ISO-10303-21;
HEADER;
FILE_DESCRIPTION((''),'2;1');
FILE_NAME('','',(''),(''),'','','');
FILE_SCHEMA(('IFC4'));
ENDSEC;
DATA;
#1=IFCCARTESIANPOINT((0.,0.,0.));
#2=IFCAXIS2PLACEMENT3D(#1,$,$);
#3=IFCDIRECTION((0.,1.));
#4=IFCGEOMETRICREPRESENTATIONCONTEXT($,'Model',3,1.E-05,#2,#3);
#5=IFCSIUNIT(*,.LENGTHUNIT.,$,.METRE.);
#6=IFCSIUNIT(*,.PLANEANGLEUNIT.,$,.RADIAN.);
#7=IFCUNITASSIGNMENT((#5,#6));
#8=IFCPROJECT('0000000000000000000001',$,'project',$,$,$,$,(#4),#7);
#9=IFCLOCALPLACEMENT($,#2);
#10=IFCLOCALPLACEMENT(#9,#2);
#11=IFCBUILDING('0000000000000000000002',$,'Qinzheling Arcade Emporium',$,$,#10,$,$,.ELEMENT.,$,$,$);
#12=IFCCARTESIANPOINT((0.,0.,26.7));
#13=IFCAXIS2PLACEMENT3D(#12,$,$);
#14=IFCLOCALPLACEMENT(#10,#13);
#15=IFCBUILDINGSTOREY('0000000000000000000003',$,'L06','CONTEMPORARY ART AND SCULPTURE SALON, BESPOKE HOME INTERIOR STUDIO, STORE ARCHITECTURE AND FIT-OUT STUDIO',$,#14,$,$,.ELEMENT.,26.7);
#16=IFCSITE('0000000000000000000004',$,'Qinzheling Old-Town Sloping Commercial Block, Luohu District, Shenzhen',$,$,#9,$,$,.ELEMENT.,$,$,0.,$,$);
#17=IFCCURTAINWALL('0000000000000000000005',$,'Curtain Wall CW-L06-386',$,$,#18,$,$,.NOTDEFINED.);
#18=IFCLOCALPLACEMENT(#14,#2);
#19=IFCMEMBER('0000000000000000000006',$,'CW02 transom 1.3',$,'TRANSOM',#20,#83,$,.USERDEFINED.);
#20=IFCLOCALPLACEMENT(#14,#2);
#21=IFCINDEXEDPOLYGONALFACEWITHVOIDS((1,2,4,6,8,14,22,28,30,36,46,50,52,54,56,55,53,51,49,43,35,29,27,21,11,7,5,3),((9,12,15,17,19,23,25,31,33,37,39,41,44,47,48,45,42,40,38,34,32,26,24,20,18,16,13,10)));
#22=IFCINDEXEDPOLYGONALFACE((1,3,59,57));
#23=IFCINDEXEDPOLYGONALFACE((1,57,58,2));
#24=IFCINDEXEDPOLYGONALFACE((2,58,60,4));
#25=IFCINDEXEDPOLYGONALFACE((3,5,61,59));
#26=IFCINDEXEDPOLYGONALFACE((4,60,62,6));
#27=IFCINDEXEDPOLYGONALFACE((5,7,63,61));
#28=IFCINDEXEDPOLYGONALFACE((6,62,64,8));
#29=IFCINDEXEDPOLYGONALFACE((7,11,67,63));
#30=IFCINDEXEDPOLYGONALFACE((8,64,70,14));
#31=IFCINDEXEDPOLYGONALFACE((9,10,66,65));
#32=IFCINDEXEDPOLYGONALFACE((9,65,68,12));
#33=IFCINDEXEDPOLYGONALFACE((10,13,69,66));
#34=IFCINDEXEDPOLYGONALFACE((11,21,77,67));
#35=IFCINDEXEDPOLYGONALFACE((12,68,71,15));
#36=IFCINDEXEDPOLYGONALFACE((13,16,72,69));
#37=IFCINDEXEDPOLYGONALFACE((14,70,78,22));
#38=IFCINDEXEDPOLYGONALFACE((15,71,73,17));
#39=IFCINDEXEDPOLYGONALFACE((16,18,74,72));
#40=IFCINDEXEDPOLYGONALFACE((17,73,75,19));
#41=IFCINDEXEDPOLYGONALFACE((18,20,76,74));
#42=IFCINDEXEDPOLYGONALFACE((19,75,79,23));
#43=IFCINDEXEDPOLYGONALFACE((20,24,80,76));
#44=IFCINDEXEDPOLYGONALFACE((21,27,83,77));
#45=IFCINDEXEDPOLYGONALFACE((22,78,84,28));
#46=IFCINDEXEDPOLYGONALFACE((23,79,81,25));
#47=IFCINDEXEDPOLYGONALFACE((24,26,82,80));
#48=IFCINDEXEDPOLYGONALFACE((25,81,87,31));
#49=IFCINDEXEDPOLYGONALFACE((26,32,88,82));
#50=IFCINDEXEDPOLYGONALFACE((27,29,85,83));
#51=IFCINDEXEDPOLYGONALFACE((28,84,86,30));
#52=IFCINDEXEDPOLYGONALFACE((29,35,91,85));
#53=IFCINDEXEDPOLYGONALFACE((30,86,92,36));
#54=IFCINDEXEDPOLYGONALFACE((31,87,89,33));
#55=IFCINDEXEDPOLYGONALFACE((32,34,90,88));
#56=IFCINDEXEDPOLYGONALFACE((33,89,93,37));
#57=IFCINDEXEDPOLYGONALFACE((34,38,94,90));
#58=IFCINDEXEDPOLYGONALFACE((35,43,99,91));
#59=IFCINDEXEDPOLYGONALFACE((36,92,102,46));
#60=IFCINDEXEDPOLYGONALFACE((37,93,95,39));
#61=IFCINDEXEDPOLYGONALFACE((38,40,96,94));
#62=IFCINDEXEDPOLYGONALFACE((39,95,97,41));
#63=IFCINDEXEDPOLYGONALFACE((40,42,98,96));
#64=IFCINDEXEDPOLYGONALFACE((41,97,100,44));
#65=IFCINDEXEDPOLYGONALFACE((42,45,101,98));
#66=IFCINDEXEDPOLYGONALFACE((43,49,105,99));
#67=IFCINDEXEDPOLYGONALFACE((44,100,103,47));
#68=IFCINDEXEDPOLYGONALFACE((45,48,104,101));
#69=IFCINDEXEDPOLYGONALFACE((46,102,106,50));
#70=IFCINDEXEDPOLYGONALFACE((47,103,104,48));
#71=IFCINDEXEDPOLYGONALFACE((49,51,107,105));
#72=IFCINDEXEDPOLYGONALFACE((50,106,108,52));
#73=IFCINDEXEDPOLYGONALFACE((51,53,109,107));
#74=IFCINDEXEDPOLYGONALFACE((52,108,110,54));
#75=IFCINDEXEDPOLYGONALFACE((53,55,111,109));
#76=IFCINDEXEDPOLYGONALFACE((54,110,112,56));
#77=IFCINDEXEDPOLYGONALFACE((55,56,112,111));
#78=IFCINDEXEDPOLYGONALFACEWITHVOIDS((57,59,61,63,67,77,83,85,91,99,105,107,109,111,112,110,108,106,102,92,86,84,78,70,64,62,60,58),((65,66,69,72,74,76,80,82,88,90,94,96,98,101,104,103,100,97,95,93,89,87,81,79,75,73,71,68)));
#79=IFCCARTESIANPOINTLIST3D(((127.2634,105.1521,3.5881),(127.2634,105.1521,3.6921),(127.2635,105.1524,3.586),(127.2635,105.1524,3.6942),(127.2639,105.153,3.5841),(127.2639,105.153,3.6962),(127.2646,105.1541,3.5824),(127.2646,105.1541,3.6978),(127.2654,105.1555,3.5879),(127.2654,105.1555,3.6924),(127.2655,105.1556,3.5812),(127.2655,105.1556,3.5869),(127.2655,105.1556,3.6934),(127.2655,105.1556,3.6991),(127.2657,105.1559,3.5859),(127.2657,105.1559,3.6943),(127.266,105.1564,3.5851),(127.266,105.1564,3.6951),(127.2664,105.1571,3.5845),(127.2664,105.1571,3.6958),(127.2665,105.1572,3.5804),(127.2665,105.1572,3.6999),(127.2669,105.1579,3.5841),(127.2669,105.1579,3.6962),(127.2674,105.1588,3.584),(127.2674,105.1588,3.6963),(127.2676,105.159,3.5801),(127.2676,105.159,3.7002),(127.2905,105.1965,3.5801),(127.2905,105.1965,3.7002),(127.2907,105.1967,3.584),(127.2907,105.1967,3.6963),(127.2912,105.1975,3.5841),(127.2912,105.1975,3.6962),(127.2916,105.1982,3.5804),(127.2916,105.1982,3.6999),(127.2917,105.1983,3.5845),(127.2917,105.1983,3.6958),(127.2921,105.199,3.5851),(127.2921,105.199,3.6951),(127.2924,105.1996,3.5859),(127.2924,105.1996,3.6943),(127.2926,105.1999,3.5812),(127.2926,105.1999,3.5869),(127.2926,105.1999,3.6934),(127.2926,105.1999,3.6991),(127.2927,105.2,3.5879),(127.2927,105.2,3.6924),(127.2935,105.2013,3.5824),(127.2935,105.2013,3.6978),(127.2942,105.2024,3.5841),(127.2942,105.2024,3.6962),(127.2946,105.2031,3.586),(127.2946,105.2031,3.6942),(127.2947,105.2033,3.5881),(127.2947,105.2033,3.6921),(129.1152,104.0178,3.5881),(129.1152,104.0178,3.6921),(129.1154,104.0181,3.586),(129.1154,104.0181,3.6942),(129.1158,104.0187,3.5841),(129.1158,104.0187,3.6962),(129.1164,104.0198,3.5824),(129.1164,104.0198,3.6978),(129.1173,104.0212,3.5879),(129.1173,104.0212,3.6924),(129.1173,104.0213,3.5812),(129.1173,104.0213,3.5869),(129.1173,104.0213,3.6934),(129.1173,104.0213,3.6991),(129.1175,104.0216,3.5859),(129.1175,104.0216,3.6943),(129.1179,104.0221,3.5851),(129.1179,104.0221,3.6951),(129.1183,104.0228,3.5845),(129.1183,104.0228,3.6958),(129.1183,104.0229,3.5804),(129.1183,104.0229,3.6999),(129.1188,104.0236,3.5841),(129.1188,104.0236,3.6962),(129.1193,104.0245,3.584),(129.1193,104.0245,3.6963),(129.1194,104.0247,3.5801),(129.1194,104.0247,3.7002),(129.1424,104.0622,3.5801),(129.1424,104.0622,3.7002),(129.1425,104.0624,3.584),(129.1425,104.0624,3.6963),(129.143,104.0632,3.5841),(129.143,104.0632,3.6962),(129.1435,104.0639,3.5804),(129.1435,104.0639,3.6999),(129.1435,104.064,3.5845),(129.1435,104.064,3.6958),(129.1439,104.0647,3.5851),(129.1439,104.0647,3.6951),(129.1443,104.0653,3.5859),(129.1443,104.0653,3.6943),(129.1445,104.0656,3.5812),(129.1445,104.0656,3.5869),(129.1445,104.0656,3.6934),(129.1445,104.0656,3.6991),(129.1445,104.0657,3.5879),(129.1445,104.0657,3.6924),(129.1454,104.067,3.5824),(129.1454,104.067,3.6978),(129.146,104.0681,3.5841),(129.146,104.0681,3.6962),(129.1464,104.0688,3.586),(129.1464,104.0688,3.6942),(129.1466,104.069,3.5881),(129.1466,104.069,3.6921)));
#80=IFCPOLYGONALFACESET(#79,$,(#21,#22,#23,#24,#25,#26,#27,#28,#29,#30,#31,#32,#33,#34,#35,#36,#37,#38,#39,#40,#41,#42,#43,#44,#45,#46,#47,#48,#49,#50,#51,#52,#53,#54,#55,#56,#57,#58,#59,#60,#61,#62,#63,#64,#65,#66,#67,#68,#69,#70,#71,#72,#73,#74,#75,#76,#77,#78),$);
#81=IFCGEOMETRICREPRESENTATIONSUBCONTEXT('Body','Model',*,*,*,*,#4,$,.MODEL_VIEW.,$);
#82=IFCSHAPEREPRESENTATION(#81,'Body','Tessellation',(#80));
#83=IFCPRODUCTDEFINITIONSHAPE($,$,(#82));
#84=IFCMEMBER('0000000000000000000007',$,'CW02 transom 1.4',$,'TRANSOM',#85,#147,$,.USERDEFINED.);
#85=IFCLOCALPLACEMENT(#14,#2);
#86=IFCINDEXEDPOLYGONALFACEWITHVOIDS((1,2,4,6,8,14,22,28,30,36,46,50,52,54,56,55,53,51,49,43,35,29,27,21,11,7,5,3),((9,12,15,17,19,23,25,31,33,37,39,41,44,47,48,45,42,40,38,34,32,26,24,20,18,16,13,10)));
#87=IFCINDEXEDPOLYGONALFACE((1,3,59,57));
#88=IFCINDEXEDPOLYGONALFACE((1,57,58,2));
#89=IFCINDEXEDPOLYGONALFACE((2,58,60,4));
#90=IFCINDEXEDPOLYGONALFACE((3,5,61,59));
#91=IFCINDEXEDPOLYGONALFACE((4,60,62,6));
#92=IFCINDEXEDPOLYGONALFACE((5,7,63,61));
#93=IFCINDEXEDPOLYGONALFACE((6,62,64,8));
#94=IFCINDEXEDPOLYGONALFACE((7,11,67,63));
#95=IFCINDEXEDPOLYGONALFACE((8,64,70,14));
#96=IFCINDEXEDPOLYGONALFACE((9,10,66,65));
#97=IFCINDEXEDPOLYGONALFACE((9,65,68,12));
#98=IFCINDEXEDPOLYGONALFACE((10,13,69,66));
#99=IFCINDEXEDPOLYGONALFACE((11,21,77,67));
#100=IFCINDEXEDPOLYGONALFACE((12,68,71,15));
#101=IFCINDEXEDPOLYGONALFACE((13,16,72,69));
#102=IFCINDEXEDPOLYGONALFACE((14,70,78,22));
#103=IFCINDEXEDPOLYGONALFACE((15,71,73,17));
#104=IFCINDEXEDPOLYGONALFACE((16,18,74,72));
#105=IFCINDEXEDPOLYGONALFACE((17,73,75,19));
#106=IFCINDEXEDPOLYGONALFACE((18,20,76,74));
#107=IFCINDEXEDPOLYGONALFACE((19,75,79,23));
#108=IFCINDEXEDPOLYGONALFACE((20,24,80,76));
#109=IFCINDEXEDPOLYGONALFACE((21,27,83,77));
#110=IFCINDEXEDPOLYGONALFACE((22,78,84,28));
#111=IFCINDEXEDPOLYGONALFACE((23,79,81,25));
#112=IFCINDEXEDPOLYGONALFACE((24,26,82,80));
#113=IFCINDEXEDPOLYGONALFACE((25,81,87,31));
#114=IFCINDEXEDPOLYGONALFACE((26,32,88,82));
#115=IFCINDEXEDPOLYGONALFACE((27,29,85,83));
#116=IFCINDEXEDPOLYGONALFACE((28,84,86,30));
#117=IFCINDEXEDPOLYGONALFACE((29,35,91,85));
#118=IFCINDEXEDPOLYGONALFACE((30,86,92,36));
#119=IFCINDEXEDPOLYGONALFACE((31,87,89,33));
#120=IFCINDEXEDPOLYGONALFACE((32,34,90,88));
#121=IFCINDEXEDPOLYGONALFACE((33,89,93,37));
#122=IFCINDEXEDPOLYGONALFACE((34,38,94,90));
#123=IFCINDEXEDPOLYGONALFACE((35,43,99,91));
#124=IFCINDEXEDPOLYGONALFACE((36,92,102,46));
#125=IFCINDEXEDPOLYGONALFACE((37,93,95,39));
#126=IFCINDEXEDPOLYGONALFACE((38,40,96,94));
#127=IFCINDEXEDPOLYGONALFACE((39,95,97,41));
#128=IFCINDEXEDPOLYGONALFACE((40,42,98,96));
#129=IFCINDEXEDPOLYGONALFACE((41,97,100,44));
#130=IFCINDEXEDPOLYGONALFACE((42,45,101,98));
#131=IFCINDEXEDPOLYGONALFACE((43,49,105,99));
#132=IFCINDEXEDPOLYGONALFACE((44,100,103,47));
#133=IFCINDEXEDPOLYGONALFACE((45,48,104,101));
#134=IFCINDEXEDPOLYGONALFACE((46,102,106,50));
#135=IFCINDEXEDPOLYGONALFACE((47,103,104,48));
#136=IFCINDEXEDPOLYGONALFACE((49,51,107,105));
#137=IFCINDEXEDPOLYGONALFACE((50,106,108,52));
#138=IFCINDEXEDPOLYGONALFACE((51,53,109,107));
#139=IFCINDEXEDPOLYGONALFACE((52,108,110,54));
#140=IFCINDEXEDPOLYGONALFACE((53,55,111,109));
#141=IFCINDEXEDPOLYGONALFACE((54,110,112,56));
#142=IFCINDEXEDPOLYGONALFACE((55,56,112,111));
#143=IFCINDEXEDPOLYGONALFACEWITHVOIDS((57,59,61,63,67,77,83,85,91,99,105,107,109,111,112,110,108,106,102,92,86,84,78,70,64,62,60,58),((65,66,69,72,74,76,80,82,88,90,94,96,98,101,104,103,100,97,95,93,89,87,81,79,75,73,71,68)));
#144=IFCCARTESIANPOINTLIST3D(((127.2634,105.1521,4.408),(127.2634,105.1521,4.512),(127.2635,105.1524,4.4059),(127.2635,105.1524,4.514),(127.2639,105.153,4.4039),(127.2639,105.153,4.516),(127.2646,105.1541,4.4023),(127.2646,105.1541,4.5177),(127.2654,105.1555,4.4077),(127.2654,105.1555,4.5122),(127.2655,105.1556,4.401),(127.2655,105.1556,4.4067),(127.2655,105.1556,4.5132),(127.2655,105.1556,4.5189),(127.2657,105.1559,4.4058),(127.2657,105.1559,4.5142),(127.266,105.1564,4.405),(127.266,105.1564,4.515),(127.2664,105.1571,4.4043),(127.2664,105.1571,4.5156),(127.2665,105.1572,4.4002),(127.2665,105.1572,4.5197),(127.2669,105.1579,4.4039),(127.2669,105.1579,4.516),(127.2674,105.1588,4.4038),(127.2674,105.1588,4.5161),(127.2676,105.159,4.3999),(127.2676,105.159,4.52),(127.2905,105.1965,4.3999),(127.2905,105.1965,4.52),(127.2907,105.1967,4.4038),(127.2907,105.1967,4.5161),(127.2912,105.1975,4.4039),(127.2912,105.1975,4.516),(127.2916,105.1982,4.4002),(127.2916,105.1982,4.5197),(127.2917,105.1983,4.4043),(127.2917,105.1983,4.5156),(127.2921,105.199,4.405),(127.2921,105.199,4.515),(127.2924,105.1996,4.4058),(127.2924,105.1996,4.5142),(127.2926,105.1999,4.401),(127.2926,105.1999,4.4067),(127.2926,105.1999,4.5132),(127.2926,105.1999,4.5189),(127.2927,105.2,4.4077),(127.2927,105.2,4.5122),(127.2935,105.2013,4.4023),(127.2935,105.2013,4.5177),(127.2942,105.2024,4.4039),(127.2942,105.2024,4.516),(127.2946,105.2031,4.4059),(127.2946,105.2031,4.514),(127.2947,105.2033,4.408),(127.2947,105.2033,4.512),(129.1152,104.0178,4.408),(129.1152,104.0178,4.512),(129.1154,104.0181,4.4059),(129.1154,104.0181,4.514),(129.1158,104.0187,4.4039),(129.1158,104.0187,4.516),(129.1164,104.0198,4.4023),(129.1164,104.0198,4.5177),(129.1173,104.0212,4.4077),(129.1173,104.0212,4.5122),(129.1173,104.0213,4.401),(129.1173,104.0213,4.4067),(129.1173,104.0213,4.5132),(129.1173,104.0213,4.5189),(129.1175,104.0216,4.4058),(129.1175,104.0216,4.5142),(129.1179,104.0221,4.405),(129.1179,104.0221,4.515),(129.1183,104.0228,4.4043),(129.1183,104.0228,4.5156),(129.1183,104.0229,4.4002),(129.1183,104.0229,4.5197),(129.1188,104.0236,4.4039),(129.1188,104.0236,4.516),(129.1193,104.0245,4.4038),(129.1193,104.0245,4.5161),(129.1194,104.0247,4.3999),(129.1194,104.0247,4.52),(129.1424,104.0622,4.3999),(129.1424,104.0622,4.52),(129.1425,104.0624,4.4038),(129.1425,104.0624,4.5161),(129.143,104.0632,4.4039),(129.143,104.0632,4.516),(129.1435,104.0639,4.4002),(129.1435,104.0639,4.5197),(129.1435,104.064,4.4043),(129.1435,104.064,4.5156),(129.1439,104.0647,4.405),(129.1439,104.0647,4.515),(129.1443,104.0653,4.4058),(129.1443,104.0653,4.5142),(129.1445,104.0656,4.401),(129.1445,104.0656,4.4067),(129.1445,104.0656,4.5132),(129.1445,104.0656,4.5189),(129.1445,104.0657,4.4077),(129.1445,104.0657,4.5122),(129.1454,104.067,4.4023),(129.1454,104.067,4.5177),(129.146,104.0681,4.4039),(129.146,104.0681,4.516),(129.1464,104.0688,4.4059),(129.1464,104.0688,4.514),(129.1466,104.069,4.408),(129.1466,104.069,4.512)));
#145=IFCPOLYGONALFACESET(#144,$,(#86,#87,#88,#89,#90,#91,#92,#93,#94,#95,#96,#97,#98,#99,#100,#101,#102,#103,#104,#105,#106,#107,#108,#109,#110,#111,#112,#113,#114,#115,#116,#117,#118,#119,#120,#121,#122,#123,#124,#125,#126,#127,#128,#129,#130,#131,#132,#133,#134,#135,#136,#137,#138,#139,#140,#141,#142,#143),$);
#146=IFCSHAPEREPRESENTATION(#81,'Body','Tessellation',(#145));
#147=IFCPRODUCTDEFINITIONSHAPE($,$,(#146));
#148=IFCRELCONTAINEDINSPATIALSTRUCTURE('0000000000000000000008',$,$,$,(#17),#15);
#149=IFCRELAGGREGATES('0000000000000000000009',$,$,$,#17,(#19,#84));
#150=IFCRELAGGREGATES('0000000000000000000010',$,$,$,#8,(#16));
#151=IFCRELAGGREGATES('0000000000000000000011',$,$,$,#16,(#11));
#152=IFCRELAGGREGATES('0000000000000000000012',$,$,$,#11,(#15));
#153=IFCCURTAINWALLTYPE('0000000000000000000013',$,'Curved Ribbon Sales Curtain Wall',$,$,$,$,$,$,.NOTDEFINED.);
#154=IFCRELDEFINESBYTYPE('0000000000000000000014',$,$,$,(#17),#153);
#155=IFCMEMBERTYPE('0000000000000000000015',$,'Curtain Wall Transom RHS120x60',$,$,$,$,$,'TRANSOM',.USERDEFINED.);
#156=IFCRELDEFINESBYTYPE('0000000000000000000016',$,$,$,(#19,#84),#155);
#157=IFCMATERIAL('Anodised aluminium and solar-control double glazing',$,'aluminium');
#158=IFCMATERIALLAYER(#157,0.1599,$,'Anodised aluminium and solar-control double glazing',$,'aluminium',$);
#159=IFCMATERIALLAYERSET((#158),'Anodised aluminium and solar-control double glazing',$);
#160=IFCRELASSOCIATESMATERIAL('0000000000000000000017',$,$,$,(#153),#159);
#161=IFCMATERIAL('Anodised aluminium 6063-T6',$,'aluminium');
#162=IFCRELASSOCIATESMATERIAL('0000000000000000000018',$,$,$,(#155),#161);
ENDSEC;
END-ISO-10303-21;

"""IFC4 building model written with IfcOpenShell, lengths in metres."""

from ifc_helpers import new_model, si_unit, direction, frame, origin, origin_2d, place, context, subcontext, project, spatial, hollow_rectangle, extrude, material, layer, layer_set, material_profile, profile_set, type_object, element, aggregate, save


model = new_model("IFC4")

# Units and contexts
model_context = context("Model", 3, precision=1e-05, world=origin(), true_north=direction((0.0, 1.0)))
body_context = subcontext(model_context, "Body", "Model", "MODEL_VIEW")
ifc_project = project(units=[si_unit("LENGTHUNIT", "METRE"), si_unit("PLANEANGLEUNIT", "RADIAN")], contexts=[model_context])

# Site, building, storey
site_placement = place(None, origin())
site = spatial("IfcSite", under=ifc_project, at=site_placement, Name="Qinzheling Old-Town Sloping Commercial Block, Luohu District, Shenzhen", CompositionType="ELEMENT", RefElevation=0.0)
building_placement = place(site_placement, origin())
building = spatial("IfcBuilding", under=site, at=building_placement, Name="Qinzheling Arcade Emporium", CompositionType="ELEMENT")
storey_placement = place(building_placement, frame((0.0, 0.0, 26.7)))
storey = spatial("IfcBuildingStorey", under=building, at=storey_placement, Name="L06", Description="CONTEMPORARY ART AND SCULPTURE SALON, BESPOKE HOME INTERIOR STUDIO, STORE ARCHITECTURE AND FIT-OUT STUDIO", CompositionType="ELEMENT", Elevation=26.7)

# Shared definitions
ifc_material_1 = material(Name="Anodised aluminium and solar-control double glazing", Category="aluminium")
ifc_layer_1 = layer(ifc_material_1, 0.1599, Name="Anodised aluminium and solar-control double glazing", Category="aluminium")
ifc_layer_set_1 = layer_set([ifc_layer_1], Name="Anodised aluminium and solar-control double glazing")
curtain_wall_type = type_object("IfcCurtainWallType", Name="Curved Ribbon Sales Curtain Wall", PredefinedType="NOTDEFINED", material=ifc_layer_set_1)
ifc_material_2 = material(Name="Anodised aluminium 6063-T6", Category="aluminium")

# Curtain wall
curtain_wall_1_placement = place(storey_placement, origin())
curtain_wall_1 = element("IfcCurtainWall", 1, at=curtain_wall_1_placement, inside=storey, type_object=curtain_wall_type, Name="Curtain Wall CW-L06-386", PredefinedType="NOTDEFINED")

# Members
ifc_material_profile_1 = material_profile(ifc_material_2, hollow_rectangle(XDim=0.0601, YDim=0.1201, WallThickness=0.0039, InnerFilletRadius=0.0039, OuterFilletRadius=0.0081, at=origin_2d()), Name="RHS 120x60x4", Category="aluminium")
ifc_profile_set_1 = profile_set([ifc_material_profile_1], Name="Anodised aluminium 6063-T6")
member_type_1 = type_object("IfcMemberType", Name="Curtain Wall Transom RHS120x60", ElementType="TRANSOM", PredefinedType="USERDEFINED", material=ifc_profile_set_1)
member_1_placement = place(storey_placement, frame((127.2791, 105.1777, 3.6401), z_axis=(0.852745, -0.522327, 0.0), x_axis=(0.522327, 0.852745, 0.0)))
member_1 = element("IfcMember", 2, at=member_1_placement, type_object=member_type_1, Name="CW02 transom 1.3", ObjectType="TRANSOM", PredefinedType="USERDEFINED", context=body_context, shape_type="SweptSolid", body=[
    extrude(hollow_rectangle(XDim=0.0601, YDim=0.1201, WallThickness=0.0039, InnerFilletRadius=0.0039, OuterFilletRadius=0.0081, at=origin_2d()), origin(), (0.0, 0.0, 1.0), 2.1716),
])
member_2_placement = place(storey_placement, frame((127.2791, 105.1777, 4.46), z_axis=(0.852745, -0.522327, 0.0), x_axis=(0.522327, 0.852745, 0.0)))
member_2 = element("IfcMember", 3, at=member_2_placement, type_object=member_type_1, Name="CW02 transom 1.4", ObjectType="TRANSOM", PredefinedType="USERDEFINED", context=body_context, shape_type="SweptSolid", body=[
    extrude(hollow_rectangle(XDim=0.0601, YDim=0.1201, WallThickness=0.0039, InnerFilletRadius=0.0039, OuterFilletRadius=0.0081, at=origin_2d()), origin(), (0.0, 0.0, 1.0), 2.1716),
])

aggregate(curtain_wall_1, [member_1, member_2])

save(model, "model.ifc")
